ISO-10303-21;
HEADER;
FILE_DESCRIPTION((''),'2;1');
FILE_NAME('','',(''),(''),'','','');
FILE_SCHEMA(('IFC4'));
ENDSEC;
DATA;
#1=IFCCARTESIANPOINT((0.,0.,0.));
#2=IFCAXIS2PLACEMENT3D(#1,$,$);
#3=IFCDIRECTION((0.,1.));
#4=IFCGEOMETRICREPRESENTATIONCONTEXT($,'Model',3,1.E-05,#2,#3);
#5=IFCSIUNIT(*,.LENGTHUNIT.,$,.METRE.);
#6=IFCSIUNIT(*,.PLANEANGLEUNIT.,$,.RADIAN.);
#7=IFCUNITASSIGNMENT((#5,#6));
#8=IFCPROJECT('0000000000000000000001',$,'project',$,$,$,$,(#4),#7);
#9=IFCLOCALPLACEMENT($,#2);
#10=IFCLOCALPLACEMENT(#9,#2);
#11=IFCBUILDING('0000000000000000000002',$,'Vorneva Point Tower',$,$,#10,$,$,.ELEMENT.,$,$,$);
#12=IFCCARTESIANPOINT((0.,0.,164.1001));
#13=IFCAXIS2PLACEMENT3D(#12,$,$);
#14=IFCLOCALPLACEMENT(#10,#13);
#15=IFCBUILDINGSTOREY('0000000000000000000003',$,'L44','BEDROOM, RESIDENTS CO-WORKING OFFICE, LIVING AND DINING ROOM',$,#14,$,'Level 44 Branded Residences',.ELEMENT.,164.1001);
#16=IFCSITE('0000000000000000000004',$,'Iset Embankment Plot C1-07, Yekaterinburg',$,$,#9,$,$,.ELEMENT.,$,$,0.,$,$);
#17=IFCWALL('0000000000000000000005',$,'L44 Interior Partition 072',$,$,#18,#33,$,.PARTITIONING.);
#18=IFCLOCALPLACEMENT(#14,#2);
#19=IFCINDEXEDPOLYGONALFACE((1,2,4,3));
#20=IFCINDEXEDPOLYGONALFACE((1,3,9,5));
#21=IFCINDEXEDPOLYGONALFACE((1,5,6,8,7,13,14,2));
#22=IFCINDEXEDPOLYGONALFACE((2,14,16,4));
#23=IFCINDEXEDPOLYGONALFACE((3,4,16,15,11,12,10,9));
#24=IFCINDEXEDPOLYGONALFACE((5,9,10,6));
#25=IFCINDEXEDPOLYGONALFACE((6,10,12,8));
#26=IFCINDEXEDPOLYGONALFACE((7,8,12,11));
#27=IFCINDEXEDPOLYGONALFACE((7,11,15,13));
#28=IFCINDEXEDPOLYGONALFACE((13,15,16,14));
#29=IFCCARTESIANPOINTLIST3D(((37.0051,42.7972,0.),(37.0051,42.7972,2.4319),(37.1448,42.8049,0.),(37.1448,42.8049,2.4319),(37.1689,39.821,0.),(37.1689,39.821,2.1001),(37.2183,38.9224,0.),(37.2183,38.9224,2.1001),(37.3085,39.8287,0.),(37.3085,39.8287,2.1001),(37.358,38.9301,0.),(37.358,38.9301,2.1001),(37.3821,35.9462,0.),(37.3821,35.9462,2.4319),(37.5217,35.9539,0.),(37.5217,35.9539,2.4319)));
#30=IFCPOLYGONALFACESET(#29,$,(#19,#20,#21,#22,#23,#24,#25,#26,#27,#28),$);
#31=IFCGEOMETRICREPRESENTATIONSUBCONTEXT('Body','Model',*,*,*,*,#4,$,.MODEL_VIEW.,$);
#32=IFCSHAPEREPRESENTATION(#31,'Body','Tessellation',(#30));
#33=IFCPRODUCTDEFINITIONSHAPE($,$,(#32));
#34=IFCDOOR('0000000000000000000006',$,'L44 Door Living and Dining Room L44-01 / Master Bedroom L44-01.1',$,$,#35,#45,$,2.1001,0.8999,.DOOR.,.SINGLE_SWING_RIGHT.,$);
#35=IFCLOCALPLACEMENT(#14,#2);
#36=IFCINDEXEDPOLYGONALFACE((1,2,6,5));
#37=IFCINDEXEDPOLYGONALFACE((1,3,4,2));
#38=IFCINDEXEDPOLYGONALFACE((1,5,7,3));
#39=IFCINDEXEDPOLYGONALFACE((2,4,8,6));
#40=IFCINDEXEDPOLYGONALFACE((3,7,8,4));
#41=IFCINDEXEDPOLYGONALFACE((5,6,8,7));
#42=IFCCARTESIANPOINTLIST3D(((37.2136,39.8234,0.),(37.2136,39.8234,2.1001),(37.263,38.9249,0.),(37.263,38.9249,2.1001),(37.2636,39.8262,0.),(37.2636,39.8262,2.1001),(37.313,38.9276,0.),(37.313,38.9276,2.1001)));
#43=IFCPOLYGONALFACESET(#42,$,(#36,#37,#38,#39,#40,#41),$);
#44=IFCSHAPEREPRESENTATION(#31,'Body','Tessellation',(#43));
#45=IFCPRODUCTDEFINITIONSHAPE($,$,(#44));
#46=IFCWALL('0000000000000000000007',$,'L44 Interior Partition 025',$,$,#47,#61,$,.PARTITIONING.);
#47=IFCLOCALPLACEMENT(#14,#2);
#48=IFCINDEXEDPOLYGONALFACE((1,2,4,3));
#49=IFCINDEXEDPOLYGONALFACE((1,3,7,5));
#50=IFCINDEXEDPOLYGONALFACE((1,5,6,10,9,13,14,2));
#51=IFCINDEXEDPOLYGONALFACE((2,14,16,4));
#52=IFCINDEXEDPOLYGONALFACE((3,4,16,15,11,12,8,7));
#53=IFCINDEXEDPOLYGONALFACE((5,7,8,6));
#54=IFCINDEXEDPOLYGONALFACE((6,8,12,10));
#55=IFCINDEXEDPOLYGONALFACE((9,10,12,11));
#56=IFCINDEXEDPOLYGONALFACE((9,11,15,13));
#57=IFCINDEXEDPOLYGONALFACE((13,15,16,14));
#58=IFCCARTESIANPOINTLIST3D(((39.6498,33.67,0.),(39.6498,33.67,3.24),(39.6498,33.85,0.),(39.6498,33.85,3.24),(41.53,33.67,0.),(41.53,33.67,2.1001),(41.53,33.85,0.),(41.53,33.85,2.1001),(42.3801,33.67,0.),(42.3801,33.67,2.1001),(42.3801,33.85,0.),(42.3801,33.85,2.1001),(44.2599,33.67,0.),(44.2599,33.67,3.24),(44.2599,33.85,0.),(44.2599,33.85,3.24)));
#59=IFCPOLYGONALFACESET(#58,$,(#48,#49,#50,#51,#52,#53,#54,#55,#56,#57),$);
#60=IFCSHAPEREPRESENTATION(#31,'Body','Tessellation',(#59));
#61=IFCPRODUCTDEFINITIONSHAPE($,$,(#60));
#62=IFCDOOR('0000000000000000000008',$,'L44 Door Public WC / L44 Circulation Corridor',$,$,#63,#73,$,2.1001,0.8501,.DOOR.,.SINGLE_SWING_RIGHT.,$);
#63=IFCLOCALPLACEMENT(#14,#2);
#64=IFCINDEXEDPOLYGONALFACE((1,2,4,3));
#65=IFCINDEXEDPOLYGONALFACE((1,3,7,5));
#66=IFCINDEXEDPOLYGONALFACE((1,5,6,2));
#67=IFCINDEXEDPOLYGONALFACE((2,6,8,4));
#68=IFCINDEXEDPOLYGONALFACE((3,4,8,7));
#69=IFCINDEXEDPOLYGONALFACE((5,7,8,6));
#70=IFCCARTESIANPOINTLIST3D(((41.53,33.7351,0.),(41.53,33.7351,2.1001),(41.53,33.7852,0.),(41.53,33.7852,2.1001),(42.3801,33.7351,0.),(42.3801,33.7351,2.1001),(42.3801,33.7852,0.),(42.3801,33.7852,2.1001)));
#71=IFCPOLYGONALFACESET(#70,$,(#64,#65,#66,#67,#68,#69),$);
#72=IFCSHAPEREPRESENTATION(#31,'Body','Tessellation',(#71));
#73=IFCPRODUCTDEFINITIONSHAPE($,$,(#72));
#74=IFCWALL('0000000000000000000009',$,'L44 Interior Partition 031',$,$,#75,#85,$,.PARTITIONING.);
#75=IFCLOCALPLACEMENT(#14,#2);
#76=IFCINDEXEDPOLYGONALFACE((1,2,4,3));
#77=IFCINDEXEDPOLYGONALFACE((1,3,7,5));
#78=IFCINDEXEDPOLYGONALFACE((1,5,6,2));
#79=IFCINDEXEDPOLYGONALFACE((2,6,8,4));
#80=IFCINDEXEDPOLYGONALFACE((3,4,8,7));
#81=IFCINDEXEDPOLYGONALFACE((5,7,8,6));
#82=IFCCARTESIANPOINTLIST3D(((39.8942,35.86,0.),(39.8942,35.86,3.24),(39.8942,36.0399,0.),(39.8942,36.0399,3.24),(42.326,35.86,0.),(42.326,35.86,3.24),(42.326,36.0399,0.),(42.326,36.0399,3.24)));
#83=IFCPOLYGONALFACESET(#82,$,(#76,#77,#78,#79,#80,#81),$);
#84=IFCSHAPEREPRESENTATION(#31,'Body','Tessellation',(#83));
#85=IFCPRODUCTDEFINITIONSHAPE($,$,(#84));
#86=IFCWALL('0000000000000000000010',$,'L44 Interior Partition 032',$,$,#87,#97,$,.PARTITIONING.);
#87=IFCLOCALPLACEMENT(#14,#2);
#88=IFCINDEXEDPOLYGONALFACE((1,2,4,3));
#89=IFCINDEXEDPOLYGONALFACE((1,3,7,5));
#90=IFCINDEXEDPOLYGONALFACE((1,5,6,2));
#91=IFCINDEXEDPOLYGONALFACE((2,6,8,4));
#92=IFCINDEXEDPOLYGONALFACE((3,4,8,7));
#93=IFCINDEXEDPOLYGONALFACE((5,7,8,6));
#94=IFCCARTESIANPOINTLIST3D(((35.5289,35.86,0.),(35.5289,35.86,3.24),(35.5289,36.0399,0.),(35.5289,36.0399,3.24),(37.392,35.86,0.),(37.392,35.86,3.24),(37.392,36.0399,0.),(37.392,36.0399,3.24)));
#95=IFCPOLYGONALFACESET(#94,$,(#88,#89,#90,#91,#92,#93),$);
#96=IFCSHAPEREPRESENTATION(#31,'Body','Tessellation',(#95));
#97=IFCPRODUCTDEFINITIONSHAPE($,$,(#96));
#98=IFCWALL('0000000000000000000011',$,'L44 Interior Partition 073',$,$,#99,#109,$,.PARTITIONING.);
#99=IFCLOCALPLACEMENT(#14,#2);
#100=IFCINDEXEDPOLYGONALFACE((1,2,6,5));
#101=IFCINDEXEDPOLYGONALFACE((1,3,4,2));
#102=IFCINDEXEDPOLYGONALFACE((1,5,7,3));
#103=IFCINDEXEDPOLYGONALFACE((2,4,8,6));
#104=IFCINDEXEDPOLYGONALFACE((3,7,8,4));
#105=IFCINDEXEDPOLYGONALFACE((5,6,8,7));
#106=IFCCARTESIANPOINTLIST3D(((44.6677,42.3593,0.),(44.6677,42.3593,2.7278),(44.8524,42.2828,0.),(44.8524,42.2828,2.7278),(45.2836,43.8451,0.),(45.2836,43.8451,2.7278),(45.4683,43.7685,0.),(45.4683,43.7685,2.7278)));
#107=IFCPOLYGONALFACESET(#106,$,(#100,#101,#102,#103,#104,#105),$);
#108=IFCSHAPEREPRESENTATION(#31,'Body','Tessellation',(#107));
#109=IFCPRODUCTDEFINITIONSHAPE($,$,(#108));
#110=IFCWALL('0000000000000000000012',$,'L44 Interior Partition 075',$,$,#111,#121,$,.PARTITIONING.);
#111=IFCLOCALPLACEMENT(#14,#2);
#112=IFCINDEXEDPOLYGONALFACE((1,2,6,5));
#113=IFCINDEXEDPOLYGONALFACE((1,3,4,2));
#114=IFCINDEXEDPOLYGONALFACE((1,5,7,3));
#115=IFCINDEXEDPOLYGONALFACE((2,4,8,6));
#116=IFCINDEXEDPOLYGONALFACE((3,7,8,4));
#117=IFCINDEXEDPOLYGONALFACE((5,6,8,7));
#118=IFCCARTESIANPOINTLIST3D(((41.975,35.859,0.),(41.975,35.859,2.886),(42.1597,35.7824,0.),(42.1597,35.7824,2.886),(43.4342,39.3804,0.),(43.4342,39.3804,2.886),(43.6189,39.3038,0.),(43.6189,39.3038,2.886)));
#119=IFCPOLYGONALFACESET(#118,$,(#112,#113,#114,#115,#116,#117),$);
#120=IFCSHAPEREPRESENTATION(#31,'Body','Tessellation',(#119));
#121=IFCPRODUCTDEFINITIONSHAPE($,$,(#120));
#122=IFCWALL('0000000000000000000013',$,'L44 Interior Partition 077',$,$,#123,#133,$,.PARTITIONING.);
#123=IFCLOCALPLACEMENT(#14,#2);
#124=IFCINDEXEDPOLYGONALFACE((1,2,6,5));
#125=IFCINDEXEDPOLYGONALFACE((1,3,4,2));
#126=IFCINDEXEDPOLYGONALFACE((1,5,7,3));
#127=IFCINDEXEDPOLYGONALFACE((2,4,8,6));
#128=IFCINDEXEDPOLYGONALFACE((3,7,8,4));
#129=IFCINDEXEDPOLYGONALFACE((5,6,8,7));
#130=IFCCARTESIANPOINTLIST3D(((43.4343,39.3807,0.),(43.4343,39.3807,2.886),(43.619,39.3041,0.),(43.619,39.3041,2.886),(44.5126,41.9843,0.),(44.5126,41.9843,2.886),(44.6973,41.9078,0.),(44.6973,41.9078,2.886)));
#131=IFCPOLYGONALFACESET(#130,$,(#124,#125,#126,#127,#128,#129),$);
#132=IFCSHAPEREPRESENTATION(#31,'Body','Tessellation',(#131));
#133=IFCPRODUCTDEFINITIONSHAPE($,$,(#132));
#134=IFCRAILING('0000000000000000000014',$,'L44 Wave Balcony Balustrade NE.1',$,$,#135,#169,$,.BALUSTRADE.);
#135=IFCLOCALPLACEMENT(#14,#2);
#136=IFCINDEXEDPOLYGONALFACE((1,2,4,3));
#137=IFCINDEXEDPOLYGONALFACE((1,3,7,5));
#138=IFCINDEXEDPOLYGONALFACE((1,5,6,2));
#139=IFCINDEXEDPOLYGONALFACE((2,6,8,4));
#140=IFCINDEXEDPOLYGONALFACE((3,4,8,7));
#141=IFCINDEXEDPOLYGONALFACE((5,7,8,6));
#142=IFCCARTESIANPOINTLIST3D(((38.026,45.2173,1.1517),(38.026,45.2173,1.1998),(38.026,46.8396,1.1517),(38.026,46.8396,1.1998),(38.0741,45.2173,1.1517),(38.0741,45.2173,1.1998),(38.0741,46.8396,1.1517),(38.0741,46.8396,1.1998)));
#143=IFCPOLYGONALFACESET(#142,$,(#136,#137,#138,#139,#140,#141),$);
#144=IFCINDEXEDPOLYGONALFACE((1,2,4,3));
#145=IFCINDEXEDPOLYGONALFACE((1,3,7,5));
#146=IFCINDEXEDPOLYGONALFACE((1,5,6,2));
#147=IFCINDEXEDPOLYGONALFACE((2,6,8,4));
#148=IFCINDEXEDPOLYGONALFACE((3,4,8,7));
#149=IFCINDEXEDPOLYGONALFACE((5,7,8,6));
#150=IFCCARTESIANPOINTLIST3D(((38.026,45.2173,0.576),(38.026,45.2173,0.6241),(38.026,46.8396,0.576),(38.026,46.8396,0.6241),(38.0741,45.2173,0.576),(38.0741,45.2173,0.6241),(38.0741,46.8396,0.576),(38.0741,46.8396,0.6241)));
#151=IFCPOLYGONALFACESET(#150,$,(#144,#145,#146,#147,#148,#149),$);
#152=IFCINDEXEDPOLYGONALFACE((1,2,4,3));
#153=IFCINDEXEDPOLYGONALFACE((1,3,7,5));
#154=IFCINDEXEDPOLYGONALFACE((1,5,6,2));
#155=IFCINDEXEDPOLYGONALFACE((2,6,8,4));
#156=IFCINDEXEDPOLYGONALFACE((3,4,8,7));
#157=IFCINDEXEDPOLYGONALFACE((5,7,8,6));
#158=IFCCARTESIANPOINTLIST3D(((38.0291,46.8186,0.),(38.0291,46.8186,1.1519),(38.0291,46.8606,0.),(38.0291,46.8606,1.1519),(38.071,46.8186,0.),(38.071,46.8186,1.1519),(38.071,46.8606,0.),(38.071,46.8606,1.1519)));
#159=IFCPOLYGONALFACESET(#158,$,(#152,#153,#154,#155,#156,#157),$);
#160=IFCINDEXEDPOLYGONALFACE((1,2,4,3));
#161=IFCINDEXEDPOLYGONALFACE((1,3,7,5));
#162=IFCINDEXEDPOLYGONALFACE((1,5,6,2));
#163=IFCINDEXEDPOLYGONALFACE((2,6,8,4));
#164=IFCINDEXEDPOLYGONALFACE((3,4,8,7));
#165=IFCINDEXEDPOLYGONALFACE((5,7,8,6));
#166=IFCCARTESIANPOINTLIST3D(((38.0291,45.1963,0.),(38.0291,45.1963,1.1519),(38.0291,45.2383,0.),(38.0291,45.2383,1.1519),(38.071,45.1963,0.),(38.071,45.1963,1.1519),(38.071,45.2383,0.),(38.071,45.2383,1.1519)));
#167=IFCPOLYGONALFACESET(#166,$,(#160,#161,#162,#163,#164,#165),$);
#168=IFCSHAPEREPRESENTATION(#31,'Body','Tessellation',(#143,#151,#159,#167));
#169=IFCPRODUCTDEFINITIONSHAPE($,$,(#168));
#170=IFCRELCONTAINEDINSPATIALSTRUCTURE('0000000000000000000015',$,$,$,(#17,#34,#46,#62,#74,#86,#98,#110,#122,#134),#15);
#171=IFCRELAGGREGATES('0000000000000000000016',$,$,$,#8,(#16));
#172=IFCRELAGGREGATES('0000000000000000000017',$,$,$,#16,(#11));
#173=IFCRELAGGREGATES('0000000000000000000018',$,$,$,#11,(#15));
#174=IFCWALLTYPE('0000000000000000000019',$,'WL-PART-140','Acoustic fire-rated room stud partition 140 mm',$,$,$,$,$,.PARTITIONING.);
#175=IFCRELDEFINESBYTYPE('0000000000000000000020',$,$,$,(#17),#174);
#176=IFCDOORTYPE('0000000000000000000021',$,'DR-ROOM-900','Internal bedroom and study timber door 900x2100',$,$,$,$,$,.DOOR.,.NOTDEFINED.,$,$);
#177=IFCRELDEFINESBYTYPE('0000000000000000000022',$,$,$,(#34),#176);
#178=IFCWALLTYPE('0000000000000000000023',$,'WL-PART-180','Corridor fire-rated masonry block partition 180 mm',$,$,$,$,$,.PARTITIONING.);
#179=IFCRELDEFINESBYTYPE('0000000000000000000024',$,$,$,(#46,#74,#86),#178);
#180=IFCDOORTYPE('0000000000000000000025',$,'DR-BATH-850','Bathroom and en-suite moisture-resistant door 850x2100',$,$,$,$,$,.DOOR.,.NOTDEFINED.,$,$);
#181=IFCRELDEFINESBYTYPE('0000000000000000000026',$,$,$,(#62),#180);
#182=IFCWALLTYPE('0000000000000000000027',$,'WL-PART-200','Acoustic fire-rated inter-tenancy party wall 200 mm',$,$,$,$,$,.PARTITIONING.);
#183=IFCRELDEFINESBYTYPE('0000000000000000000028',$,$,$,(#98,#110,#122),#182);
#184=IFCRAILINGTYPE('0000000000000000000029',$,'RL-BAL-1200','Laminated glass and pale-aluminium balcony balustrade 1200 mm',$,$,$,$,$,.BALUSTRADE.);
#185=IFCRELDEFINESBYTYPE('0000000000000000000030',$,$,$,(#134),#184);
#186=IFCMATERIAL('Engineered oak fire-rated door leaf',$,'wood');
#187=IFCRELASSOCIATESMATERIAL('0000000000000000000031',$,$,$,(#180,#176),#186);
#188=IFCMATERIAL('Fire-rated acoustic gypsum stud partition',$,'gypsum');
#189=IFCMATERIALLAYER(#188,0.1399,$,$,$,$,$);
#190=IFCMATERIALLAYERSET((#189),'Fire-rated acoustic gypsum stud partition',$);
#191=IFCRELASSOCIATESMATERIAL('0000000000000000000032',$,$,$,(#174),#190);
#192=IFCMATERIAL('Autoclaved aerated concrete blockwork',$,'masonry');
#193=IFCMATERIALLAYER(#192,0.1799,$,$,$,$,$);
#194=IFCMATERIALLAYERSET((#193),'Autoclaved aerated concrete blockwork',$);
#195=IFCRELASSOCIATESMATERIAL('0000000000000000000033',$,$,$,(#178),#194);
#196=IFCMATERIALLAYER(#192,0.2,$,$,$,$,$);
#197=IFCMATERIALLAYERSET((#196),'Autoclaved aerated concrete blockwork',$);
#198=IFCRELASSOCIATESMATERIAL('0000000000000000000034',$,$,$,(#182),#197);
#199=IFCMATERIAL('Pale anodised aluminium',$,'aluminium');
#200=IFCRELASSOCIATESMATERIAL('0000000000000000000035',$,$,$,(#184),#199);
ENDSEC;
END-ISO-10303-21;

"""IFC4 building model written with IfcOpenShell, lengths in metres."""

from ifc_helpers import new_model, si_unit, direction, frame, frame_2d, origin, origin_2d, place, context, subcontext, project, spatial, rectangle, extrude, material, layer, layer_set, type_object, element, fill, save


model = new_model("IFC4")

# Units and contexts
model_context = context("Model", 3, precision=1e-05, world=origin(), true_north=direction((0.0, 1.0)))
body_context = subcontext(model_context, "Body", "Model", "MODEL_VIEW")
ifc_project = project(units=[si_unit("LENGTHUNIT", "METRE"), si_unit("PLANEANGLEUNIT", "RADIAN")], contexts=[model_context])

# Site, building, storey
site_placement = place(None, origin())
site = spatial("IfcSite", under=ifc_project, at=site_placement, Name="Iset Embankment Plot C1-07, Yekaterinburg", CompositionType="ELEMENT", RefElevation=0.0)
building_placement = place(site_placement, origin())
building = spatial("IfcBuilding", under=site, at=building_placement, Name="Vorneva Point Tower", CompositionType="ELEMENT")
storey_placement = place(building_placement, frame((0.0, 0.0, 164.1001)))
storey = spatial("IfcBuildingStorey", under=building, at=storey_placement, Name="L44", Description="BEDROOM, RESIDENTS CO-WORKING OFFICE, LIVING AND DINING ROOM", LongName="Level 44 Branded Residences", CompositionType="ELEMENT", Elevation=164.1001)

# Shared definitions
ifc_material_1 = material(Name="Pale anodised aluminium", Category="aluminium")

# Shared definitions
ifc_material_2 = material(Name="Fire-rated acoustic gypsum stud partition", Category="gypsum")
ifc_material_3 = material(Name="Engineered oak fire-rated door leaf", Category="wood")
door_type_1 = type_object("IfcDoorType", Name="DR-BATH-850", Description="Bathroom and en-suite moisture-resistant door 850x2100", OperationType="NOTDEFINED", PredefinedType="DOOR", material=ifc_material_3)

# Shared definitions
door_type_2 = type_object("IfcDoorType", Name="DR-ROOM-900", Description="Internal bedroom and study timber door 900x2100", OperationType="NOTDEFINED", PredefinedType="DOOR", material=ifc_material_3)

# Shared definitions
ifc_layer_1 = layer(ifc_material_2, 0.1399)
ifc_layer_set_1 = layer_set([ifc_layer_1], Name="Fire-rated acoustic gypsum stud partition")
wall_type_1 = type_object("IfcWallType", Name="WL-PART-140", Description="Acoustic fire-rated room stud partition 140 mm", PredefinedType="PARTITIONING", material=ifc_layer_set_1)

# Walls, openings, doors
wall_1_placement = place(storey_placement, frame((37.075, 42.801, 0.0), z_axis=(0.0, 0.0, 1.0), x_axis=(0.054938, -0.99849, 0.0)))
wall_1 = element("IfcWall", 1, at=wall_1_placement, inside=storey, type_object=wall_type_1, Name="L44 Interior Partition 072", PredefinedType="PARTITIONING", context=body_context, shape_type="SweptSolid", body=[
    extrude(rectangle(XDim=6.8613, YDim=0.1399, at=frame_2d((3.4307, 0.0))), origin(), (0.0, 0.0, 1.0), 2.4319),
])
opening_1_placement = place(wall_1_placement, frame((2.9807, 0.0, 0.0)))
opening_1 = element("IfcOpeningElement", 2, at=opening_1_placement, cuts=wall_1, PredefinedType="OPENING", context=body_context, shape_type="SweptSolid", body=[
    extrude(rectangle(XDim=0.8999, YDim=2.1001, at=frame_2d((0.45, 1.05))), frame((0.0, 0.085, 0.0), z_axis=(0.0, -1.0, 0.0), x_axis=(1.0, 0.0, 0.0)), (0.0, 0.0, 1.0), 0.1697),
])
door_1_placement = place(opening_1_placement, origin())
door_1 = element("IfcDoor", 3, at=door_1_placement, inside=storey, type_object=door_type_2, Name="L44 Door Living and Dining Room L44-01 / Master Bedroom L44-01.1", OperationType="SINGLE_SWING_RIGHT", OverallHeight=2.1001, OverallWidth=0.8999, PredefinedType="DOOR", context=body_context, shape_type="SweptSolid", body=[
    extrude(rectangle(XDim=0.8999, YDim=2.1001, at=frame_2d((0.45, 1.05))), frame((0.0, 0.0249, 0.0), z_axis=(0.0, -1.0, 0.0), x_axis=(1.0, 0.0, 0.0)), (0.0, 0.0, 1.0), 0.05),
])
fill(opening_1, door_1)
ifc_material_4 = material(Name="Autoclaved aerated concrete blockwork", Category="masonry")
ifc_layer_2 = layer(ifc_material_4, 0.1799)
ifc_layer_set_2 = layer_set([ifc_layer_2], Name="Autoclaved aerated concrete blockwork")
wall_type_2 = type_object("IfcWallType", Name="WL-PART-180", Description="Corridor fire-rated masonry block partition 180 mm", PredefinedType="PARTITIONING", material=ifc_layer_set_2)
wall_2_placement = place(storey_placement, frame((44.26, 33.76, 0.0), z_axis=(0.0, 0.0, 1.0), x_axis=(-1.0, 0.0, 0.0)))
wall_2 = element("IfcWall", 4, at=wall_2_placement, inside=storey, type_object=wall_type_2, Name="L44 Interior Partition 025", PredefinedType="PARTITIONING", context=body_context, shape_type="SweptSolid", body=[
    extrude(rectangle(XDim=4.6101, YDim=0.1799, at=frame_2d((2.3052, 0.0))), origin(), (0.0, 0.0, 1.0), 3.24),
])
opening_2_placement = place(wall_2_placement, frame((1.8799, 0.0, 0.0)))
opening_2 = element("IfcOpeningElement", 5, at=opening_2_placement, cuts=wall_2, PredefinedType="OPENING", context=body_context, shape_type="SweptSolid", body=[
    extrude(rectangle(XDim=0.8501, YDim=2.1001, at=frame_2d((0.425, 1.05))), frame((0.0, 0.105, 0.0), z_axis=(0.0, -1.0, 0.0), x_axis=(1.0, 0.0, 0.0)), (0.0, 0.0, 1.0), 0.2097),
])
door_2_placement = place(opening_2_placement, origin())
door_2 = element("IfcDoor", 6, at=door_2_placement, inside=storey, type_object=door_type_1, Name="L44 Door Public WC / L44 Circulation Corridor", OperationType="SINGLE_SWING_RIGHT", OverallHeight=2.1001, OverallWidth=0.8501, PredefinedType="DOOR", context=body_context, shape_type="SweptSolid", body=[
    extrude(rectangle(XDim=0.8501, YDim=2.1001, at=frame_2d((0.425, 1.05))), frame((0.0, 0.0249, 0.0), z_axis=(0.0, -1.0, 0.0), x_axis=(1.0, 0.0, 0.0)), (0.0, 0.0, 1.0), 0.05),
])
fill(opening_2, door_2)

# Walls
wall_3_placement = place(storey_placement, frame((42.3259, 35.95, 0.0), z_axis=(0.0, 0.0, 1.0), x_axis=(-1.0, 0.0, 0.0)))
element("IfcWall", 7, at=wall_3_placement, inside=storey, type_object=wall_type_2, Name="L44 Interior Partition 031", PredefinedType="PARTITIONING", context=body_context, shape_type="SweptSolid", body=[
    extrude(rectangle(XDim=2.4319, YDim=0.1799, at=frame_2d((1.2158, 0.0))), origin(), (0.0, 0.0, 1.0), 3.24),
])
wall_4_placement = place(storey_placement, frame((37.3921, 35.95, 0.0), z_axis=(0.0, 0.0, 1.0), x_axis=(-1.0, 0.0, 0.0)))
element("IfcWall", 8, at=wall_4_placement, inside=storey, type_object=wall_type_2, Name="L44 Interior Partition 032", PredefinedType="PARTITIONING", context=body_context, shape_type="SweptSolid", body=[
    extrude(rectangle(XDim=1.863, YDim=0.1799, at=frame_2d((0.9316, 0.0))), origin(), (0.0, 0.0, 1.0), 3.24),
])
ifc_layer_3 = layer(ifc_material_4, 0.2)
ifc_layer_set_3 = layer_set([ifc_layer_3], Name="Autoclaved aerated concrete blockwork")
wall_type_3 = type_object("IfcWallType", Name="WL-PART-200", Description="Acoustic fire-rated inter-tenancy party wall 200 mm", PredefinedType="PARTITIONING", material=ifc_layer_set_3)
wall_5_placement = place(storey_placement, frame((44.76, 42.321, 0.0), z_axis=(0.0, 0.0, 1.0), x_axis=(0.382955, 0.923767, 0.0)))
element("IfcWall", 9, at=wall_5_placement, inside=storey, type_object=wall_type_3, Name="L44 Interior Partition 073", PredefinedType="PARTITIONING", context=body_context, shape_type="SweptSolid", body=[
    extrude(rectangle(XDim=1.6084, YDim=0.2, at=frame_2d((0.8042, 0.0))), origin(), (0.0, 0.0, 1.0), 2.7278),
])
wall_6_placement = place(storey_placement, frame((42.0674, 35.8208, 0.0), z_axis=(0.0, 0.0, 1.0), x_axis=(0.382814, 0.923826, 0.0)))
element("IfcWall", 10, at=wall_6_placement, inside=storey, type_object=wall_type_3, Name="L44 Interior Partition 075", PredefinedType="PARTITIONING", context=body_context, shape_type="SweptSolid", body=[
    extrude(rectangle(XDim=3.8118, YDim=0.2, at=frame_2d((1.9058, 0.0))), origin(), (0.0, 0.0, 1.0), 2.886),
])
wall_7_placement = place(storey_placement, frame((43.5266, 39.3423, 0.0), z_axis=(0.0, 0.0, 1.0), x_axis=(0.38264, 0.923898, 0.0)))
element("IfcWall", 11, at=wall_7_placement, inside=storey, type_object=wall_type_3, Name="L44 Interior Partition 077", PredefinedType="PARTITIONING", context=body_context, shape_type="SweptSolid", body=[
    extrude(rectangle(XDim=2.8181, YDim=0.2, at=frame_2d((1.4092, 0.0))), origin(), (0.0, 0.0, 1.0), 2.886),
])

# Railing
railing_type = type_object("IfcRailingType", Name="RL-BAL-1200", Description="Laminated glass and pale-aluminium balcony balustrade 1200 mm", PredefinedType="BALUSTRADE", material=ifc_material_1)
railing_placement = place(storey_placement, frame((38.05, 46.8396, 0.0)))
element("IfcRailing", 12, at=railing_placement, inside=storey, type_object=railing_type, Name="L44 Wave Balcony Balustrade NE.1", PredefinedType="BALUSTRADE", context=body_context, shape_type="SweptSolid", body=[
    extrude(rectangle(XDim=0.0481, YDim=0.0481, at=origin_2d()), frame((0.0, 0.0, 1.1758), z_axis=(0.0, -1.0, 0.0), x_axis=(1.0, 0.0, 0.0)), (0.0, 0.0, 1.0), 1.6223),
    extrude(rectangle(XDim=0.0481, YDim=0.0481, at=origin_2d()), frame((0.0, 0.0, 0.6001), z_axis=(0.0, -1.0, 0.0), x_axis=(1.0, 0.0, 0.0)), (0.0, 0.0, 1.0), 1.6223),
    extrude(rectangle(XDim=0.042, YDim=0.042, at=origin_2d()), origin(), (0.0, 0.0, 1.0), 1.1519),
    extrude(rectangle(XDim=0.042, YDim=0.042, at=origin_2d()), frame((0.0, -1.6223, 0.0)), (0.0, 0.0, 1.0), 1.1519),
])

save(model, "model.ifc")
